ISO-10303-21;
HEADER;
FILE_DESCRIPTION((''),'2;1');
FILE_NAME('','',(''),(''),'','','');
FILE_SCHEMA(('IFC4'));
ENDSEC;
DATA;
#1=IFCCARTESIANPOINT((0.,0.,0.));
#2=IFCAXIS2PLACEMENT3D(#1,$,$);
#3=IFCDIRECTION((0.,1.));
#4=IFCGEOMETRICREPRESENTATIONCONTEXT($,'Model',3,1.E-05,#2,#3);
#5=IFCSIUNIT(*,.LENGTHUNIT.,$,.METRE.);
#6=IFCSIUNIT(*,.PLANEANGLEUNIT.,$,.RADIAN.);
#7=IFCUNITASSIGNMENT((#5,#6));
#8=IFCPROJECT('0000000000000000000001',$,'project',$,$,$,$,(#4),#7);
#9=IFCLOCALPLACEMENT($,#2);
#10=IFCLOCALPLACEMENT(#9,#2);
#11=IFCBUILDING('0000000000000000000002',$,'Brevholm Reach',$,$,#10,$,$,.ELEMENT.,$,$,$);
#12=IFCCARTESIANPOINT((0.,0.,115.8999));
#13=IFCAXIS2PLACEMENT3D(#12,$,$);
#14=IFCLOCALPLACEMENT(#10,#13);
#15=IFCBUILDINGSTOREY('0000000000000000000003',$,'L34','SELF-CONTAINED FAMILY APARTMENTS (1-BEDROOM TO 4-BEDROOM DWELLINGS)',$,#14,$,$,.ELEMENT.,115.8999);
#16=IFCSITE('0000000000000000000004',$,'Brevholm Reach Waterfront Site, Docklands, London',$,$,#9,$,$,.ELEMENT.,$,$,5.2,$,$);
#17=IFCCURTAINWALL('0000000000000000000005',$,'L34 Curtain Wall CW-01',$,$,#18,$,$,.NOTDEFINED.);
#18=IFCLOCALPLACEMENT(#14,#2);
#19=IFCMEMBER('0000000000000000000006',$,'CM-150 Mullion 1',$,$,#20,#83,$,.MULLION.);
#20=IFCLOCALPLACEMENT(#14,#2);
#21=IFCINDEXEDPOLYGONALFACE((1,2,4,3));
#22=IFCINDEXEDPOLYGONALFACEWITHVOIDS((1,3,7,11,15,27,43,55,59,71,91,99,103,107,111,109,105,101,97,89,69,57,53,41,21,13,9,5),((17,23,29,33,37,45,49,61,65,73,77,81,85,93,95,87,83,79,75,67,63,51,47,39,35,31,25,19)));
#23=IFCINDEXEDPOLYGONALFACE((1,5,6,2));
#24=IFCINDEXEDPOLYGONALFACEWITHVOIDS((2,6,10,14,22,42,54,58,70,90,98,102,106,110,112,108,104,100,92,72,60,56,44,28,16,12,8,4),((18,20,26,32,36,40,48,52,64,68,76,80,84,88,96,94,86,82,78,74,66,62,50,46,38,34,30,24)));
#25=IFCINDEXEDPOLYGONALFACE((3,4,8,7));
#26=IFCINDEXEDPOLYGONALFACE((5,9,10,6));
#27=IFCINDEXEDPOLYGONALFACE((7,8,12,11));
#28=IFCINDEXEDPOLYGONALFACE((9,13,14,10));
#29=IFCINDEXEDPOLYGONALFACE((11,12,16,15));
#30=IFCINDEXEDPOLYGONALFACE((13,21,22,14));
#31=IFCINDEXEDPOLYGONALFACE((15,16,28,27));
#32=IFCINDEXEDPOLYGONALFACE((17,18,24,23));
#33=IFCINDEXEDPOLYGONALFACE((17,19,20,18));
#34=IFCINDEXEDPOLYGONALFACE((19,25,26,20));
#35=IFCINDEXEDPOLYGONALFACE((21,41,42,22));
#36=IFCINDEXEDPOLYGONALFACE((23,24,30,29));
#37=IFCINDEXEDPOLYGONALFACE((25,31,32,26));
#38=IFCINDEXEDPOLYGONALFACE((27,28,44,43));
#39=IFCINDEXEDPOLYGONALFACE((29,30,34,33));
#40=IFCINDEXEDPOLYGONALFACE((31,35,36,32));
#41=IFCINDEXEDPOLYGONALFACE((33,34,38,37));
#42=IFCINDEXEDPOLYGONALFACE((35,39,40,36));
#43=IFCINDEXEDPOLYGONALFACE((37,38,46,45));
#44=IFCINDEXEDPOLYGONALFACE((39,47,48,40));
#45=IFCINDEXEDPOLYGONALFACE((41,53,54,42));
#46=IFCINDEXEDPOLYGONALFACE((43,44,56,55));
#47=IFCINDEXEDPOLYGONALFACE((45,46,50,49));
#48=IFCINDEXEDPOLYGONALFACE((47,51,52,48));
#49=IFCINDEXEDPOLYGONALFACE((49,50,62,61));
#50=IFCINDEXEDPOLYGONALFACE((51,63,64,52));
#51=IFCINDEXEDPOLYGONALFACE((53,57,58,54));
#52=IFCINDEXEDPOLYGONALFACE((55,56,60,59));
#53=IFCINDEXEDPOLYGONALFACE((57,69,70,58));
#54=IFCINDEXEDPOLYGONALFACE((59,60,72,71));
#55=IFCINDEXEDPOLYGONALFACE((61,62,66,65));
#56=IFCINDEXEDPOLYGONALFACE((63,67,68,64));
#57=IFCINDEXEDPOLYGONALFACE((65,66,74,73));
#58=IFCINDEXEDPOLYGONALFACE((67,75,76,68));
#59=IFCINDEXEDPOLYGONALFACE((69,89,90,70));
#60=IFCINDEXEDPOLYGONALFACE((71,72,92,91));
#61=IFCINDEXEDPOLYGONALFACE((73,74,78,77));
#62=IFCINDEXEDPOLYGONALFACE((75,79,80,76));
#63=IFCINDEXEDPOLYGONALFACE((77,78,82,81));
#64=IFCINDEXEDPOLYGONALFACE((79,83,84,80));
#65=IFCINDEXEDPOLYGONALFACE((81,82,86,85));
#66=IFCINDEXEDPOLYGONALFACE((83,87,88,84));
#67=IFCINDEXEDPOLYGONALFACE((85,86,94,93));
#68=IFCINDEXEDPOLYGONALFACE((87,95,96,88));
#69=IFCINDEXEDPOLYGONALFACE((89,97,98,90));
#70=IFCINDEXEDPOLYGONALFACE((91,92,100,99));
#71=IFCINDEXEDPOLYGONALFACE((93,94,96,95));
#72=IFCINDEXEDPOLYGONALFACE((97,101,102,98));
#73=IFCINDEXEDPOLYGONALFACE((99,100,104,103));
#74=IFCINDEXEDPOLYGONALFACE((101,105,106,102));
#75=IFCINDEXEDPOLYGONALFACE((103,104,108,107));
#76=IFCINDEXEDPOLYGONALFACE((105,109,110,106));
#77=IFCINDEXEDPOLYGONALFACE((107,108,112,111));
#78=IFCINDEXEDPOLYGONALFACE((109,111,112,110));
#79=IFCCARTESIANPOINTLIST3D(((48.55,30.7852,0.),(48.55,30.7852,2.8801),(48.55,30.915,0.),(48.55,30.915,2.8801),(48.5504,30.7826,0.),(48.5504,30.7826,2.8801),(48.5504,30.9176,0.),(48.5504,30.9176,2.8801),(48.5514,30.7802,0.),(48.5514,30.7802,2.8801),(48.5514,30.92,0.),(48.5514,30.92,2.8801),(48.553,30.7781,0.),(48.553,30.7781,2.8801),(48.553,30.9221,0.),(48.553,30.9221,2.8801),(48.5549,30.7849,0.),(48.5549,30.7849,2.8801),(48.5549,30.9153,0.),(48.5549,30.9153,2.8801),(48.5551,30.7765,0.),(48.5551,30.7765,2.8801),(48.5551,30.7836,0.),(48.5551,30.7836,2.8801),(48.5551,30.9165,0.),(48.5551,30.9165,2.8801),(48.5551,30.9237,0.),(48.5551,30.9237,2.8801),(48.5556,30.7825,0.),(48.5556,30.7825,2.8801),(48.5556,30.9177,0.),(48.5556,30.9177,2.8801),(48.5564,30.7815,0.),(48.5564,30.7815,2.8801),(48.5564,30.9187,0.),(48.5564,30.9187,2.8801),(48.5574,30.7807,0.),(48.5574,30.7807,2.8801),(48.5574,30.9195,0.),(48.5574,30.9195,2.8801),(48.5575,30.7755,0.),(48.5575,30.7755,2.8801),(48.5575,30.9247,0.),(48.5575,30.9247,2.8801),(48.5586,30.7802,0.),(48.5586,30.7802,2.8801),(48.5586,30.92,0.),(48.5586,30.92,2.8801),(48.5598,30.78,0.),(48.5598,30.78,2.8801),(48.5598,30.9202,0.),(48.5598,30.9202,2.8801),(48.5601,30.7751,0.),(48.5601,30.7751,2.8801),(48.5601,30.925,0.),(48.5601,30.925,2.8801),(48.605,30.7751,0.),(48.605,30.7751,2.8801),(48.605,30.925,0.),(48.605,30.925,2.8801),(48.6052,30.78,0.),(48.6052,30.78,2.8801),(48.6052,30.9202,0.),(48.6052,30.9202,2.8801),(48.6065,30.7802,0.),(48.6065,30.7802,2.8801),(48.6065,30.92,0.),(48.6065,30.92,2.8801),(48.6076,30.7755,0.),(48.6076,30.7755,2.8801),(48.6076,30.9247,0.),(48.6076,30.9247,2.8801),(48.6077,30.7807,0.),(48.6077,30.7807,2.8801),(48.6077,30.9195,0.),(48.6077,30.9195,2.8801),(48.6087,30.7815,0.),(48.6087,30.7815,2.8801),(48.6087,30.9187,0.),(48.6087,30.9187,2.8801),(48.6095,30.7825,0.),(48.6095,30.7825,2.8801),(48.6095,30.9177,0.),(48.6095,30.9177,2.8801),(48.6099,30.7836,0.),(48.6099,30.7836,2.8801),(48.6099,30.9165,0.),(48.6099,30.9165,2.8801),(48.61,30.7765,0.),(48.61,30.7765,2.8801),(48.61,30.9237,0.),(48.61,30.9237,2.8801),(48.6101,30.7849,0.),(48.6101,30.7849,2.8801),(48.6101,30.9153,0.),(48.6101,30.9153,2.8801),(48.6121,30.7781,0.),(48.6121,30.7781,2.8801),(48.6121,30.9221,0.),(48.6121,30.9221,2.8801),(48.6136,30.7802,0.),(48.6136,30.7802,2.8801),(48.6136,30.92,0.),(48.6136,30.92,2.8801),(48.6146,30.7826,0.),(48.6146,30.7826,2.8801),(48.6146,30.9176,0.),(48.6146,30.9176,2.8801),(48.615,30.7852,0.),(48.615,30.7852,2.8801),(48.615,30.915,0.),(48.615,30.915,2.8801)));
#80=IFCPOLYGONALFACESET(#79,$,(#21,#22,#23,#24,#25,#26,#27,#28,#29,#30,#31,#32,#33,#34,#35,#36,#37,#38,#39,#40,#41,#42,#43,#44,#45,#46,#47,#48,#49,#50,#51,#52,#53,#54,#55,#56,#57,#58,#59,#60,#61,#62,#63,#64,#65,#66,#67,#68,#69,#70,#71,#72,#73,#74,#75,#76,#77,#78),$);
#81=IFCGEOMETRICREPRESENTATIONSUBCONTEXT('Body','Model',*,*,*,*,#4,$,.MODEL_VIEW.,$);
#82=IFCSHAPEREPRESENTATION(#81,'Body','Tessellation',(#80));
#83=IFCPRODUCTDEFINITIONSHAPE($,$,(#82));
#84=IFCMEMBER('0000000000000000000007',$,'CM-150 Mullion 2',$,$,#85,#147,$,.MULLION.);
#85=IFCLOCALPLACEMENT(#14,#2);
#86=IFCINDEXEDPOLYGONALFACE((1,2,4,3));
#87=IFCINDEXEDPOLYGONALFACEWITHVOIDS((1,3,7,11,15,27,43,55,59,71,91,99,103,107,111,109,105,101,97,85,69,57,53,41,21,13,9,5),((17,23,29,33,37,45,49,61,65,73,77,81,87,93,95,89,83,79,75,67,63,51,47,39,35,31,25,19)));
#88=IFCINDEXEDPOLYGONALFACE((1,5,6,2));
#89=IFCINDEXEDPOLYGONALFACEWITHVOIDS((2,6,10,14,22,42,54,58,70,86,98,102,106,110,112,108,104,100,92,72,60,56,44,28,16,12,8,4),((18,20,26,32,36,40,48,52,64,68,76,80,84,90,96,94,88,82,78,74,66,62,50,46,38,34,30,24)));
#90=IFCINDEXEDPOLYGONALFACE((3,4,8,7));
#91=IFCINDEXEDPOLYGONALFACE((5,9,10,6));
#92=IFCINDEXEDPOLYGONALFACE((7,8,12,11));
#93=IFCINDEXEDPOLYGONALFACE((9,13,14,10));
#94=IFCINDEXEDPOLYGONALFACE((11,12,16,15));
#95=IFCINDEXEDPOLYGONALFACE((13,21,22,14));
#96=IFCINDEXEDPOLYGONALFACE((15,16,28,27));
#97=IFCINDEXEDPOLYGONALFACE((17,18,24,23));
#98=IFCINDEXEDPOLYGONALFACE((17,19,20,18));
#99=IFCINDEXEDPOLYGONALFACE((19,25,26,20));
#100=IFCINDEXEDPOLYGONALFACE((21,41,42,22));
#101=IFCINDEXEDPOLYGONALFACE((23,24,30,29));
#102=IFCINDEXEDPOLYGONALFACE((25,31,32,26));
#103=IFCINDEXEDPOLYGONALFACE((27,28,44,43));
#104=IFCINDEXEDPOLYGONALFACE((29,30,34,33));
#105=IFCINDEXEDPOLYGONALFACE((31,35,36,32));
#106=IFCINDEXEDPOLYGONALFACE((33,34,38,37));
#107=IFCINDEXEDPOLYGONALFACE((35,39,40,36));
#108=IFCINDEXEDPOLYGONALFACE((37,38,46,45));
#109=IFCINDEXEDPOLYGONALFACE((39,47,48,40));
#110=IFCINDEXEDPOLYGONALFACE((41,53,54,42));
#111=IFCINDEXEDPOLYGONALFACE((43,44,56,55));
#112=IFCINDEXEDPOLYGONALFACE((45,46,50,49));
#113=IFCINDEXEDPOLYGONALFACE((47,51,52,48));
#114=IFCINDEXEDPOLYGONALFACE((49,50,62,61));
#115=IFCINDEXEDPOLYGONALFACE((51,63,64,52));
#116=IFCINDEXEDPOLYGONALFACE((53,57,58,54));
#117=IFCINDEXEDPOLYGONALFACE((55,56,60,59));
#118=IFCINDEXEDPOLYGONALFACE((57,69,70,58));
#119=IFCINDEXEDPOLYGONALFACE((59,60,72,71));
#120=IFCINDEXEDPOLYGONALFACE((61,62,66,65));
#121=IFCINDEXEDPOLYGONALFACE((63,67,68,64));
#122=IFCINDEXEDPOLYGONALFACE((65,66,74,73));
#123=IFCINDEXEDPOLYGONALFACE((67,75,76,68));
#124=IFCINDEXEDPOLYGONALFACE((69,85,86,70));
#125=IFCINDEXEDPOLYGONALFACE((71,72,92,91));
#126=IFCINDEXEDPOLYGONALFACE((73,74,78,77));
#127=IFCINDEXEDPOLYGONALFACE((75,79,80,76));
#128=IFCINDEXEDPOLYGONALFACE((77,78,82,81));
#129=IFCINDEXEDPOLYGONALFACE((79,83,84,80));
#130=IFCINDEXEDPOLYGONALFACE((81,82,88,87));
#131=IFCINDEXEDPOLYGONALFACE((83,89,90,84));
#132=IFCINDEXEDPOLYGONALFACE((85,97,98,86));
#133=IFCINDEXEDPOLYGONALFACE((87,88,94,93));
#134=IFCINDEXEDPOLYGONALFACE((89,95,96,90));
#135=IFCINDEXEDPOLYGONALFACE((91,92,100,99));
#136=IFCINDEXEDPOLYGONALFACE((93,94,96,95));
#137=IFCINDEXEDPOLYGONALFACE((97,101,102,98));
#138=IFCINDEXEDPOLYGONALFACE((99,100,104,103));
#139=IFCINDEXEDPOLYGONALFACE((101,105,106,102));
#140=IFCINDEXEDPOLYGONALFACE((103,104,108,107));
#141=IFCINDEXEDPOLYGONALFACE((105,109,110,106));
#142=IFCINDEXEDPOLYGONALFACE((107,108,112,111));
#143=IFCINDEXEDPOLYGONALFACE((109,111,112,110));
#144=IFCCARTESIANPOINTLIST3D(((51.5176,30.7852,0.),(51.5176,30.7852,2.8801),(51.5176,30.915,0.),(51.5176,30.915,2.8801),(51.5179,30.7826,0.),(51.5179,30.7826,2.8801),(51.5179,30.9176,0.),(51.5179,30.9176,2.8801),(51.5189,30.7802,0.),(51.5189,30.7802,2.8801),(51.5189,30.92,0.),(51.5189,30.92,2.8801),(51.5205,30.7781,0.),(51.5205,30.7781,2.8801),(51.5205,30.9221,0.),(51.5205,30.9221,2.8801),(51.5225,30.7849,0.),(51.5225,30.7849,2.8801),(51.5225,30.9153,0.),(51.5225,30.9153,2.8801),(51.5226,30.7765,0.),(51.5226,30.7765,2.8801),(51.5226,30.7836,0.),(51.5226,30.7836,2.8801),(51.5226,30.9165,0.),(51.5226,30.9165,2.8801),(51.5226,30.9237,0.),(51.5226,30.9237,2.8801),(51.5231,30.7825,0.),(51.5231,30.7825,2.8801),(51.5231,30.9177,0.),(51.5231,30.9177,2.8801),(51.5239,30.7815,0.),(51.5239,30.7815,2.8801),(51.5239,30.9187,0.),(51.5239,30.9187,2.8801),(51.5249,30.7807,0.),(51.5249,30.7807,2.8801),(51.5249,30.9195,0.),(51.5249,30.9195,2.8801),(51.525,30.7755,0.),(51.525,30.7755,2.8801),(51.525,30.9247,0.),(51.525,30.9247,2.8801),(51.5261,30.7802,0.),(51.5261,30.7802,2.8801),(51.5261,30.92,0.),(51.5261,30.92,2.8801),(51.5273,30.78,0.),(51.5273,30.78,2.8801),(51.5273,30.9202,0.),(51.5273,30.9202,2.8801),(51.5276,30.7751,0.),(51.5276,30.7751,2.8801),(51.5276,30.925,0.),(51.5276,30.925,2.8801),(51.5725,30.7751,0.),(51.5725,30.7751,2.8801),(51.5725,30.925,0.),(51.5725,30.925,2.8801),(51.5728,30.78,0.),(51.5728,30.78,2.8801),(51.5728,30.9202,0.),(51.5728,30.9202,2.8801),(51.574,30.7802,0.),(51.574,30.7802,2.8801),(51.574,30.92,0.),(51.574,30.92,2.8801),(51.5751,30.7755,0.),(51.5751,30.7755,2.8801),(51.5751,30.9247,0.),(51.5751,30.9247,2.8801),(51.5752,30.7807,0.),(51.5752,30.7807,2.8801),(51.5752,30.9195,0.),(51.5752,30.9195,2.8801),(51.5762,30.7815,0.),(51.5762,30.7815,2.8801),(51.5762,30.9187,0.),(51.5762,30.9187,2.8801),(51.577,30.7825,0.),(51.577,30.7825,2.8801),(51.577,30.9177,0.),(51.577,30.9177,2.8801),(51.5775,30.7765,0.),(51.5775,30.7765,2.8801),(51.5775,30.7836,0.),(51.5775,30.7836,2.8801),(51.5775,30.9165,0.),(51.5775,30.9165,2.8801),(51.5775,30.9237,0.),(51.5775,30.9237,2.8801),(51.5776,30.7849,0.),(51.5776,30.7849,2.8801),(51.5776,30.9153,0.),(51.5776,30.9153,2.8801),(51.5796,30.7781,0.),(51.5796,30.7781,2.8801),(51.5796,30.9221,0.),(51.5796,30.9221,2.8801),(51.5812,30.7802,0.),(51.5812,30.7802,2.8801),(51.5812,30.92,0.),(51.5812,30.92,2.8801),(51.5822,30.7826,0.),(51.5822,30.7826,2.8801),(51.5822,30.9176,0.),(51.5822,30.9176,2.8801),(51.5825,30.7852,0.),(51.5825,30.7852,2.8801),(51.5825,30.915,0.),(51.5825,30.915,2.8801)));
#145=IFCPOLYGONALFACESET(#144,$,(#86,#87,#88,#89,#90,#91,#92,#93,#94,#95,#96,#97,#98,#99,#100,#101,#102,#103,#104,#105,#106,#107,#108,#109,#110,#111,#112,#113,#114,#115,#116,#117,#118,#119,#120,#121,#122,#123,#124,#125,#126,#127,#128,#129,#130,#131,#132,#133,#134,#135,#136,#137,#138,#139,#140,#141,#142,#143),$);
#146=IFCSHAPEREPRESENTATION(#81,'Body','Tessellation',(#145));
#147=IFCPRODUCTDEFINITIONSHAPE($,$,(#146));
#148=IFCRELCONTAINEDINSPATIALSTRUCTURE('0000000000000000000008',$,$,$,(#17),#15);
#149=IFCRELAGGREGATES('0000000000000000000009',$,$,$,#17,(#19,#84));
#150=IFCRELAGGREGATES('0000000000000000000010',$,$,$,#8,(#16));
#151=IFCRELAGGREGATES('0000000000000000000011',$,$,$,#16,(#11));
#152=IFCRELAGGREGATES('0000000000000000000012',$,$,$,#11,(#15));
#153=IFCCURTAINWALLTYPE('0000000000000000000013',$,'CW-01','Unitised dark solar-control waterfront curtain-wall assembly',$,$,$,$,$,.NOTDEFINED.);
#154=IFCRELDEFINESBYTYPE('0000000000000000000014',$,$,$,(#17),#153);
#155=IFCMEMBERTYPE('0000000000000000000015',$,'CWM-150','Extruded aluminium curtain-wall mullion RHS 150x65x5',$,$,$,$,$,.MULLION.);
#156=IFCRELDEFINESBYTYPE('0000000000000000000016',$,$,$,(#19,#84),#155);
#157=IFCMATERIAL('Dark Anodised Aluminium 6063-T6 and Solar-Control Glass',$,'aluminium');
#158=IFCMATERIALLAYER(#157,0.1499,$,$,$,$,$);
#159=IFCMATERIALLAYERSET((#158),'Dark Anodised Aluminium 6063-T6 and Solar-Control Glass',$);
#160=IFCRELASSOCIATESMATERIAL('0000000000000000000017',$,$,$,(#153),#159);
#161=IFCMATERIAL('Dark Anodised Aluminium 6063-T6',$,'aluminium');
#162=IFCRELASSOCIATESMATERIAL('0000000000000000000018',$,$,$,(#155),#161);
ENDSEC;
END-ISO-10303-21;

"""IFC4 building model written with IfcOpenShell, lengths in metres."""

from ifc_helpers import new_model, si_unit, direction, frame, origin, origin_2d, place, context, subcontext, project, spatial, hollow_rectangle, extrude, material, layer, layer_set, material_profile, profile_set, type_object, element, aggregate, save


model = new_model("IFC4")

# Units and contexts
model_context = context("Model", 3, precision=1e-05, world=origin(), true_north=direction((0.0, 1.0)))
body_context = subcontext(model_context, "Body", "Model", "MODEL_VIEW")
ifc_project = project(units=[si_unit("LENGTHUNIT", "METRE"), si_unit("PLANEANGLEUNIT", "RADIAN")], contexts=[model_context])

# Site, building, storey
site_placement = place(None, origin())
site = spatial("IfcSite", under=ifc_project, at=site_placement, Name="Brevholm Reach Waterfront Site, Docklands, London", CompositionType="ELEMENT", RefElevation=5.2)
building_placement = place(site_placement, origin())
building = spatial("IfcBuilding", under=site, at=building_placement, Name="Brevholm Reach", CompositionType="ELEMENT")
storey_placement = place(building_placement, frame((0.0, 0.0, 115.8999)))
storey = spatial("IfcBuildingStorey", under=building, at=storey_placement, Name="L34", Description="SELF-CONTAINED FAMILY APARTMENTS (1-BEDROOM TO 4-BEDROOM DWELLINGS)", CompositionType="ELEMENT", Elevation=115.8999)

# Curtain wall, members
ifc_material_1 = material(Name="Dark Anodised Aluminium 6063-T6 and Solar-Control Glass", Category="aluminium")
ifc_layer_1 = layer(ifc_material_1, 0.1499)
ifc_layer_set_1 = layer_set([ifc_layer_1], Name="Dark Anodised Aluminium 6063-T6 and Solar-Control Glass")
curtain_wall_type = type_object("IfcCurtainWallType", Name="CW-01", Description="Unitised dark solar-control waterfront curtain-wall assembly", PredefinedType="NOTDEFINED", material=ifc_layer_set_1)
curtain_wall_placement = place(storey_placement, origin())
curtain_wall = element("IfcCurtainWall", 1, at=curtain_wall_placement, inside=storey, type_object=curtain_wall_type, Name="L34 Curtain Wall CW-01", PredefinedType="NOTDEFINED")
ifc_material_2 = material(Name="Dark Anodised Aluminium 6063-T6", Category="aluminium")
ifc_material_profile_1 = material_profile(ifc_material_2, hollow_rectangle(XDim=0.0649, YDim=0.1499, WallThickness=0.0049, InnerFilletRadius=0.0049, OuterFilletRadius=0.01, at=origin_2d()), Name="RHS 150x65x5")
ifc_profile_set_1 = profile_set([ifc_material_profile_1], Name="Dark Anodised Aluminium 6063-T6")
member_type_1 = type_object("IfcMemberType", Name="CWM-150", Description="Extruded aluminium curtain-wall mullion RHS 150x65x5", PredefinedType="MULLION", material=ifc_profile_set_1)
member_1_placement = place(storey_placement, frame((48.5825, 30.8501, 0.0), z_axis=(0.0, 0.0, 1.0), x_axis=(1.0, 0.0, 0.0)))
member_1 = element("IfcMember", 2, at=member_1_placement, type_object=member_type_1, Name="CM-150 Mullion 1", PredefinedType="MULLION", context=body_context, shape_type="SweptSolid", body=[
    extrude(hollow_rectangle(XDim=0.0649, YDim=0.1499, WallThickness=0.0049, InnerFilletRadius=0.0049, OuterFilletRadius=0.01, at=origin_2d()), origin(), (0.0, 0.0, 1.0), 2.8801),
])
member_2_placement = place(storey_placement, frame((51.55, 30.8501, 0.0), z_axis=(0.0, 0.0, 1.0), x_axis=(1.0, 0.0, 0.0)))
member_2 = element("IfcMember", 3, at=member_2_placement, type_object=member_type_1, Name="CM-150 Mullion 2", PredefinedType="MULLION", context=body_context, shape_type="SweptSolid", body=[
    extrude(hollow_rectangle(XDim=0.0649, YDim=0.1499, WallThickness=0.0049, InnerFilletRadius=0.0049, OuterFilletRadius=0.01, at=origin_2d()), origin(), (0.0, 0.0, 1.0), 2.8801),
])
aggregate(curtain_wall, [member_1, member_2])

save(model, "model.ifc")
